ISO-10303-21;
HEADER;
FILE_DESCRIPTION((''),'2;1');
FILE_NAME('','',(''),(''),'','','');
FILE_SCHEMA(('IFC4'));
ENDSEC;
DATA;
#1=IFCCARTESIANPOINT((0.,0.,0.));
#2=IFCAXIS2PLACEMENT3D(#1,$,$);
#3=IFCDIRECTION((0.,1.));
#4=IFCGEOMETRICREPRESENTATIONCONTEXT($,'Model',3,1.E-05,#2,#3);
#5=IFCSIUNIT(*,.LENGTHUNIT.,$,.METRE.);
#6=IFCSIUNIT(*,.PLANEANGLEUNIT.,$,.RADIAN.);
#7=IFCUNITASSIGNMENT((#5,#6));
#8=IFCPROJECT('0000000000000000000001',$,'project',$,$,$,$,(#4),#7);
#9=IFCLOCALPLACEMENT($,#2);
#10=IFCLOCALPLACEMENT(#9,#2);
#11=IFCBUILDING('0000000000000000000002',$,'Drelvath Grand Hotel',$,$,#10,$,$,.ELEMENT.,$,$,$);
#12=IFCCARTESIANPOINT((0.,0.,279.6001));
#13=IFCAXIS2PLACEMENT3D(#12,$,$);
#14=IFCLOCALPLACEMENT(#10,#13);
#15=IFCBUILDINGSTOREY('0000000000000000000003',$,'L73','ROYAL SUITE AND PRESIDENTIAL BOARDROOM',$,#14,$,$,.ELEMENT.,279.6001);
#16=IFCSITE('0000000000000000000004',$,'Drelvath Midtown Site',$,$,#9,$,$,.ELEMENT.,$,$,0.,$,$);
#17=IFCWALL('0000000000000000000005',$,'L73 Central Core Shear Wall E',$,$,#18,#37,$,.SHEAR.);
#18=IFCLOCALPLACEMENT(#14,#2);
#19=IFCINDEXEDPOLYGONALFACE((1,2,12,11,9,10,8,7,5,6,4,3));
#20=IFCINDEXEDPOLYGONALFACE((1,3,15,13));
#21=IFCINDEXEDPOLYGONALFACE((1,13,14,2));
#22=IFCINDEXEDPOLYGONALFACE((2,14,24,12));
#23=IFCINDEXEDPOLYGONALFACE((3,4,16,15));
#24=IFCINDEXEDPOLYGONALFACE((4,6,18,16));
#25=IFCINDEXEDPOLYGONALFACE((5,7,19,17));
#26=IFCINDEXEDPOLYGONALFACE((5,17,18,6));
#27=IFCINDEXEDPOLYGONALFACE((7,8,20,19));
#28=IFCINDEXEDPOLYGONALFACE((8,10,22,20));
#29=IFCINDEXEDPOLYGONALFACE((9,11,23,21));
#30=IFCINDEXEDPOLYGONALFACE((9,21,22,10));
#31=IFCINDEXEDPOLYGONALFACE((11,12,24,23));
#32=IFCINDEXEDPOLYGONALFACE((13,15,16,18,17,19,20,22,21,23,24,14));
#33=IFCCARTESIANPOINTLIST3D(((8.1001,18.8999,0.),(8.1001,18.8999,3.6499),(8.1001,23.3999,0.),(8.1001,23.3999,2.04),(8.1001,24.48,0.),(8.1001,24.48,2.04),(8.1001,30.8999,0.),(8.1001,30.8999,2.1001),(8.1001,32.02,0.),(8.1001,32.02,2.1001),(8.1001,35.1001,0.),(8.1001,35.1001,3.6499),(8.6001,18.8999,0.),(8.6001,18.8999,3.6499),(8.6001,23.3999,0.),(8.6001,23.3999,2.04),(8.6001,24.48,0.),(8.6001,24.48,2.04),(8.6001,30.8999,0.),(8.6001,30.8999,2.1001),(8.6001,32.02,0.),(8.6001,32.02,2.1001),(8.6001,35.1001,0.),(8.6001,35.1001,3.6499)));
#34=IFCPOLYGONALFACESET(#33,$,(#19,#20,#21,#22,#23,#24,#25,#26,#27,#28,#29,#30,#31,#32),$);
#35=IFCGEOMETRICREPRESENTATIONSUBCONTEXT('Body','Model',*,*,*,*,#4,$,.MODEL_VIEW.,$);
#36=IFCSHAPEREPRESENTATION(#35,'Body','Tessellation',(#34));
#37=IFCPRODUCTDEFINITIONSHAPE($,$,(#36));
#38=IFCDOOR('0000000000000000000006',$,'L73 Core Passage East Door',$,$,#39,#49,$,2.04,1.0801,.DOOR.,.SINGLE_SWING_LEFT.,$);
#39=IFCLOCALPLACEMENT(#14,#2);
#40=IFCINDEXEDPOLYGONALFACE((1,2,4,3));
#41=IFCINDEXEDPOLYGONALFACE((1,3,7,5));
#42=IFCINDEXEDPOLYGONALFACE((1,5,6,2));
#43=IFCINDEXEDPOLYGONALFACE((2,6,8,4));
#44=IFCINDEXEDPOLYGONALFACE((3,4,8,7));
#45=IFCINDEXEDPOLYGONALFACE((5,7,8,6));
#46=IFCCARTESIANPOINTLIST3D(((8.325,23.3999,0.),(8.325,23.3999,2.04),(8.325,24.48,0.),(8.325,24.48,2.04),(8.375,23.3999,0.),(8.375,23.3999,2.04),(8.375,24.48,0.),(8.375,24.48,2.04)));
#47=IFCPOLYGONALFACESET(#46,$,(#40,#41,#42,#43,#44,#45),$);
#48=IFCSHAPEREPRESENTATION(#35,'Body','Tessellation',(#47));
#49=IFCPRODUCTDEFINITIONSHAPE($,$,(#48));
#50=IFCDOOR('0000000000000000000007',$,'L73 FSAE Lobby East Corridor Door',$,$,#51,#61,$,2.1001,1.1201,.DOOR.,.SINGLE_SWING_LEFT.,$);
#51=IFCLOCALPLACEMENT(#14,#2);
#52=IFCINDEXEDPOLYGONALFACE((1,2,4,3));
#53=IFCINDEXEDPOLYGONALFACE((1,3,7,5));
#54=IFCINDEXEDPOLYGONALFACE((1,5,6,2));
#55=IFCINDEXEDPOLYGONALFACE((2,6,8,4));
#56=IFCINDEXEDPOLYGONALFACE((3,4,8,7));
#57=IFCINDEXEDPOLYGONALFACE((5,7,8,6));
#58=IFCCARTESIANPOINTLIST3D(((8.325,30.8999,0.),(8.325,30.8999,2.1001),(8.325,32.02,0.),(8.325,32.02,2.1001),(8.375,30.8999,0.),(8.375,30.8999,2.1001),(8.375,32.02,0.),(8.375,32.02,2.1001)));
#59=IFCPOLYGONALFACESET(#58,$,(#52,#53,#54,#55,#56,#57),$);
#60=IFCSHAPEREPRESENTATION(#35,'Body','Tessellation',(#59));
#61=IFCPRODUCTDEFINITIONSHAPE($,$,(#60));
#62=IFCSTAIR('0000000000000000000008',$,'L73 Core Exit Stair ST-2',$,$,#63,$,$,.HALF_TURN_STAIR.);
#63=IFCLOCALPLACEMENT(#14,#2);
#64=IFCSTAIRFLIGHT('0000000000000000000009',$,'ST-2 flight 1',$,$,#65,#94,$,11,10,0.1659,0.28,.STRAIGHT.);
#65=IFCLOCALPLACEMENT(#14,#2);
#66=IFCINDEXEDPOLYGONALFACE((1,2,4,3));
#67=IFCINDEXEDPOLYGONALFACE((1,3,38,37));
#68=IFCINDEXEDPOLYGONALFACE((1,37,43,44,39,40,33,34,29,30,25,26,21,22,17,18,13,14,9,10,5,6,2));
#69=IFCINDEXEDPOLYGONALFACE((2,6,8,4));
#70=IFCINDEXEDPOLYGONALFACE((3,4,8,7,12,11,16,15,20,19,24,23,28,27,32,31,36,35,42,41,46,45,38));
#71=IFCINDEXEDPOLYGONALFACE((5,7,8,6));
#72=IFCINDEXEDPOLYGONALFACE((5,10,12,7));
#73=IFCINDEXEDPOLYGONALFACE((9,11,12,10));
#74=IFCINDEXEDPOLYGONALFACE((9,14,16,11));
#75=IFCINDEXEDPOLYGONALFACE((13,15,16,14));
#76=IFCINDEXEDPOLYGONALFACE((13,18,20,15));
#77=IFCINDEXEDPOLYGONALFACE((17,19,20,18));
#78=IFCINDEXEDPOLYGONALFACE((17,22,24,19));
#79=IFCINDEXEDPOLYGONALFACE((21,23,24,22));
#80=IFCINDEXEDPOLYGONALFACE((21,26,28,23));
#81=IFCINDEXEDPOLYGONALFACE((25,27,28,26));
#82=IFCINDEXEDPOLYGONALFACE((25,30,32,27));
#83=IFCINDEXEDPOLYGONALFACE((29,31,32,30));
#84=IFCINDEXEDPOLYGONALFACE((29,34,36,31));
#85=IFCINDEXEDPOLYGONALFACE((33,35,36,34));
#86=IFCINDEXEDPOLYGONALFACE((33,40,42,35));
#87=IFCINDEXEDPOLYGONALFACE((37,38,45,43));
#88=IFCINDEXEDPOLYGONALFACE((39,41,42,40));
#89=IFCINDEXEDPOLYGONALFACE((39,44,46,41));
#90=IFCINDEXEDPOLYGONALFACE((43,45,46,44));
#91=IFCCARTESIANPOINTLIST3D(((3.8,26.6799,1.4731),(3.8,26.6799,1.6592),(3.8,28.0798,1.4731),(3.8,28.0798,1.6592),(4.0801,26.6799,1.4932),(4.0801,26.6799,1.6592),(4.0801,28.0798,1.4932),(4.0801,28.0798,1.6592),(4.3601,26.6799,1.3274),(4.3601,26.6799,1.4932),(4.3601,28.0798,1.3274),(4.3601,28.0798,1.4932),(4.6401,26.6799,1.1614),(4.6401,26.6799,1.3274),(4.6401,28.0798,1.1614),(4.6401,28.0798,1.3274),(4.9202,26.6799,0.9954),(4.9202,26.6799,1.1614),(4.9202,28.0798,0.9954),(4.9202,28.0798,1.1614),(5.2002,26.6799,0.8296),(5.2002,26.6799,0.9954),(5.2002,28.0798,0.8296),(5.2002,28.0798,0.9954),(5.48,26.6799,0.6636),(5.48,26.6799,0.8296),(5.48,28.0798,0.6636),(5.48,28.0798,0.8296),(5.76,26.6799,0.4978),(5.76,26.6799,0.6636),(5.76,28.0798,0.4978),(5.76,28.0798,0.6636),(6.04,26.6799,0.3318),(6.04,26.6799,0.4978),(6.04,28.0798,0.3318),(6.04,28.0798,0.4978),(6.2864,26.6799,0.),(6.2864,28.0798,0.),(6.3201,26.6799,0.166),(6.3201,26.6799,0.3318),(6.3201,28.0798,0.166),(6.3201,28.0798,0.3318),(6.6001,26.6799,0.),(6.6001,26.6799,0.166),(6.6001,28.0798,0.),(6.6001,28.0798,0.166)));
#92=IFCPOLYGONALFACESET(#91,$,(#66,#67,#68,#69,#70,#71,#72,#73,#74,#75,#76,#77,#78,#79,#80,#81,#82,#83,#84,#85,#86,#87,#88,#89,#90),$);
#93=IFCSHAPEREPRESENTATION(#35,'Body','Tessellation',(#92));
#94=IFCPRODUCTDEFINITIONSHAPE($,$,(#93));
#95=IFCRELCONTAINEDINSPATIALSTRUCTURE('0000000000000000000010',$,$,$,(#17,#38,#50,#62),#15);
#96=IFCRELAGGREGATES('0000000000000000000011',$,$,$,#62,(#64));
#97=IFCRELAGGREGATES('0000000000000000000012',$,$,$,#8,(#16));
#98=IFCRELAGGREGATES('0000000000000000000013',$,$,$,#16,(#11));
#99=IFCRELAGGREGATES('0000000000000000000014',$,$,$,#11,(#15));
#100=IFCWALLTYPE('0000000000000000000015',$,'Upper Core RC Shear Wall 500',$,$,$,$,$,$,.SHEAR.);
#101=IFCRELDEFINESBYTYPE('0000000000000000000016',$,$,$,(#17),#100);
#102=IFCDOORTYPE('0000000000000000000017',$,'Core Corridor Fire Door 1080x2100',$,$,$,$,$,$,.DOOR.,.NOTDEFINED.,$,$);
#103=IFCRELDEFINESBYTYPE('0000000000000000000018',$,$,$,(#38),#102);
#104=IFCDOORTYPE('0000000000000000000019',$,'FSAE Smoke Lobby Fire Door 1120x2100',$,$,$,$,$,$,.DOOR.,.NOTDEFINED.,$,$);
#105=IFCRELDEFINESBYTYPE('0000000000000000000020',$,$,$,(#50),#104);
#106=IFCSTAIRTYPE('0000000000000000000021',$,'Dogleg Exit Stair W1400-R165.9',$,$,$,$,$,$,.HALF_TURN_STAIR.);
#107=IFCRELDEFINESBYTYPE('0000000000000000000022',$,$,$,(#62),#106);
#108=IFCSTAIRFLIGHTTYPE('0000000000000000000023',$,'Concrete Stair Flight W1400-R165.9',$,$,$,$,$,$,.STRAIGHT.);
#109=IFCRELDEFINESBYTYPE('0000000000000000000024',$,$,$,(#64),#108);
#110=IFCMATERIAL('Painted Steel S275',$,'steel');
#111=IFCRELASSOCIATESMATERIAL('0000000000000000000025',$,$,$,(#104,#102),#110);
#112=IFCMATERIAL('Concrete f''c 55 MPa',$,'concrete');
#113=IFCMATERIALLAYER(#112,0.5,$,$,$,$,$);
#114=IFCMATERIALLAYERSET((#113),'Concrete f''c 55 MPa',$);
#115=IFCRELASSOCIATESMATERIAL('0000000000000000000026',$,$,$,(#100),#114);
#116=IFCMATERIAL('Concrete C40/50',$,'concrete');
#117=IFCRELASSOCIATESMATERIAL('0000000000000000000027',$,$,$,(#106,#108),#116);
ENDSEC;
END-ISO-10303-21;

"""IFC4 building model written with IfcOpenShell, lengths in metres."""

from ifc_helpers import new_model, si_unit, direction, frame, frame_2d, origin, place, context, subcontext, project, spatial, polyline, rectangle, outline, extrude, material, layer, layer_set, type_object, element, fill, aggregate, save


model = new_model("IFC4")

# Units and contexts
model_context = context("Model", 3, precision=1e-05, world=origin(), true_north=direction((0.0, 1.0)))
body_context = subcontext(model_context, "Body", "Model", "MODEL_VIEW")
ifc_project = project(units=[si_unit("LENGTHUNIT", "METRE"), si_unit("PLANEANGLEUNIT", "RADIAN")], contexts=[model_context])

# Site, building, storey
site_placement = place(None, origin())
site = spatial("IfcSite", under=ifc_project, at=site_placement, Name="Drelvath Midtown Site", CompositionType="ELEMENT", RefElevation=0.0)
building_placement = place(site_placement, origin())
building = spatial("IfcBuilding", under=site, at=building_placement, Name="Drelvath Grand Hotel", CompositionType="ELEMENT")
storey_placement = place(building_placement, frame((0.0, 0.0, 279.6001)))
storey = spatial("IfcBuildingStorey", under=building, at=storey_placement, Name="L73", Description="ROYAL SUITE AND PRESIDENTIAL BOARDROOM", CompositionType="ELEMENT", Elevation=279.6001)

# Shared definitions
ifc_material_1 = material(Name="Concrete f'c 55 MPa", Category="concrete")

# Shared definitions
ifc_material_2 = material(Name="Concrete C40/50", Category="concrete")

# Shared definitions
ifc_material_3 = material(Name="Painted Steel S275", Category="steel")

# Shared definitions
door_type_1 = type_object("IfcDoorType", Name="FSAE Smoke Lobby Fire Door 1120x2100", OperationType="NOTDEFINED", PredefinedType="DOOR", material=ifc_material_3)

# Wall, openings, doors
ifc_layer_1 = layer(ifc_material_1, 0.5)
ifc_layer_set_1 = layer_set([ifc_layer_1], Name="Concrete f'c 55 MPa")
wall_type_1 = type_object("IfcWallType", Name="Upper Core RC Shear Wall 500", PredefinedType="SHEAR", material=ifc_layer_set_1)
wall_1_placement = place(storey_placement, frame((8.3501, 35.1001, 0.0), z_axis=(0.0, 0.0, 1.0), x_axis=(0.0, -1.0, 0.0)))
wall_1 = element("IfcWall", 1, at=wall_1_placement, inside=storey, type_object=wall_type_1, Name="L73 Central Core Shear Wall E", PredefinedType="SHEAR", context=body_context, shape_type="SweptSolid", body=[
    extrude(rectangle(XDim=16.2002, YDim=0.5, at=frame_2d((8.1001, 0.0))), origin(), (0.0, 0.0, 1.0), 3.6499),
])
opening_1_placement = place(wall_1_placement, frame((3.0801, 0.0, 0.0)))
opening_1 = element("IfcOpeningElement", 2, at=opening_1_placement, cuts=wall_1, PredefinedType="OPENING", context=body_context, shape_type="SweptSolid", body=[
    extrude(rectangle(XDim=1.1201, YDim=2.1001, at=frame_2d((0.5601, 1.05))), frame((0.0, 0.26, 0.0), z_axis=(0.0, -1.0, 0.0), x_axis=(1.0, 0.0, 0.0)), (0.0, 0.0, 1.0), 0.52),
])
opening_2_placement = place(wall_1_placement, frame((10.6201, 0.0, 0.0)))
opening_2 = element("IfcOpeningElement", 3, at=opening_2_placement, cuts=wall_1, PredefinedType="OPENING", context=body_context, shape_type="SweptSolid", body=[
    extrude(rectangle(XDim=1.0801, YDim=2.04, at=frame_2d((0.54, 1.02))), frame((0.0, 0.26, 0.0), z_axis=(0.0, -1.0, 0.0), x_axis=(1.0, 0.0, 0.0)), (0.0, 0.0, 1.0), 0.52),
])
door_type_2 = type_object("IfcDoorType", Name="Core Corridor Fire Door 1080x2100", OperationType="NOTDEFINED", PredefinedType="DOOR", material=ifc_material_3)
door_1_placement = place(opening_2_placement, origin())
door_1 = element("IfcDoor", 4, at=door_1_placement, inside=storey, type_object=door_type_2, Name="L73 Core Passage East Door", OperationType="SINGLE_SWING_LEFT", OverallHeight=2.04, OverallWidth=1.0801, PredefinedType="DOOR", context=body_context, shape_type="SweptSolid", body=[
    extrude(rectangle(XDim=1.0801, YDim=2.04, at=frame_2d((0.54, 1.02))), frame((0.0, 0.0249, 0.0), z_axis=(0.0, -1.0, 0.0), x_axis=(1.0, 0.0, 0.0)), (0.0, 0.0, 1.0), 0.05),
])
fill(opening_2, door_1)
door_2_placement = place(opening_1_placement, origin())
door_2 = element("IfcDoor", 5, at=door_2_placement, inside=storey, type_object=door_type_1, Name="L73 FSAE Lobby East Corridor Door", OperationType="SINGLE_SWING_LEFT", OverallHeight=2.1001, OverallWidth=1.1201, PredefinedType="DOOR", context=body_context, shape_type="SweptSolid", body=[
    extrude(rectangle(XDim=1.1201, YDim=2.1001, at=frame_2d((0.5601, 1.05))), frame((0.0, 0.0249, 0.0), z_axis=(0.0, -1.0, 0.0), x_axis=(1.0, 0.0, 0.0)), (0.0, 0.0, 1.0), 0.05),
])
fill(opening_1, door_2)

# Stair, stair flight
stair_type = type_object("IfcStairType", Name="Dogleg Exit Stair W1400-R165.9", PredefinedType="HALF_TURN_STAIR", material=ifc_material_2)
stair_placement = place(storey_placement, origin())
stair = element("IfcStair", 6, at=stair_placement, inside=storey, type_object=stair_type, Name="L73 Core Exit Stair ST-2", PredefinedType="HALF_TURN_STAIR")
stair_flight_type = type_object("IfcStairFlightType", Name="Concrete Stair Flight W1400-R165.9", PredefinedType="STRAIGHT", material=ifc_material_2)
stair_flight_placement = place(storey_placement, frame((6.6001, 27.3799, 0.0), z_axis=(0.0, 0.0, 1.0), x_axis=(-1.0, 0.0, 0.0)))
stair_flight = element("IfcStairFlight", 7, at=stair_flight_placement, type_object=stair_flight_type, Name="ST-2 flight 1", NumberOfRisers=11, NumberOfTreads=10, PredefinedType="STRAIGHT", RiserHeight=0.1659, TreadLength=0.28, context=body_context, shape_type="SweptSolid", body=[
    extrude(outline(polyline([(0.0, 0.0), (0.0, 0.166), (0.28, 0.166), (0.28, 0.3318), (0.5601, 0.3318), (0.5601, 0.4978), (0.8401, 0.4978), (0.8401, 0.6636), (1.1201, 0.6636), (1.1201, 0.8296), (1.3999, 0.8296), (1.3999, 0.9954), (1.6799, 0.9954), (1.6799, 1.1614), (1.96, 1.1614), (1.96, 1.3274), (2.24, 1.3274), (2.24, 1.4932), (2.52, 1.4932), (2.52, 1.6592), (2.8, 1.6592), (2.8, 1.825), (2.8, 1.4731), (0.3137, 0.0), (0.0, 0.0)])), frame((0.0, 0.7, 0.0), z_axis=(0.0, -1.0, 0.0), x_axis=(1.0, 0.0, 0.0)), (0.0, 0.0, 1.0), 1.3999),
])
aggregate(stair, [stair_flight])

save(model, "model.ifc")
